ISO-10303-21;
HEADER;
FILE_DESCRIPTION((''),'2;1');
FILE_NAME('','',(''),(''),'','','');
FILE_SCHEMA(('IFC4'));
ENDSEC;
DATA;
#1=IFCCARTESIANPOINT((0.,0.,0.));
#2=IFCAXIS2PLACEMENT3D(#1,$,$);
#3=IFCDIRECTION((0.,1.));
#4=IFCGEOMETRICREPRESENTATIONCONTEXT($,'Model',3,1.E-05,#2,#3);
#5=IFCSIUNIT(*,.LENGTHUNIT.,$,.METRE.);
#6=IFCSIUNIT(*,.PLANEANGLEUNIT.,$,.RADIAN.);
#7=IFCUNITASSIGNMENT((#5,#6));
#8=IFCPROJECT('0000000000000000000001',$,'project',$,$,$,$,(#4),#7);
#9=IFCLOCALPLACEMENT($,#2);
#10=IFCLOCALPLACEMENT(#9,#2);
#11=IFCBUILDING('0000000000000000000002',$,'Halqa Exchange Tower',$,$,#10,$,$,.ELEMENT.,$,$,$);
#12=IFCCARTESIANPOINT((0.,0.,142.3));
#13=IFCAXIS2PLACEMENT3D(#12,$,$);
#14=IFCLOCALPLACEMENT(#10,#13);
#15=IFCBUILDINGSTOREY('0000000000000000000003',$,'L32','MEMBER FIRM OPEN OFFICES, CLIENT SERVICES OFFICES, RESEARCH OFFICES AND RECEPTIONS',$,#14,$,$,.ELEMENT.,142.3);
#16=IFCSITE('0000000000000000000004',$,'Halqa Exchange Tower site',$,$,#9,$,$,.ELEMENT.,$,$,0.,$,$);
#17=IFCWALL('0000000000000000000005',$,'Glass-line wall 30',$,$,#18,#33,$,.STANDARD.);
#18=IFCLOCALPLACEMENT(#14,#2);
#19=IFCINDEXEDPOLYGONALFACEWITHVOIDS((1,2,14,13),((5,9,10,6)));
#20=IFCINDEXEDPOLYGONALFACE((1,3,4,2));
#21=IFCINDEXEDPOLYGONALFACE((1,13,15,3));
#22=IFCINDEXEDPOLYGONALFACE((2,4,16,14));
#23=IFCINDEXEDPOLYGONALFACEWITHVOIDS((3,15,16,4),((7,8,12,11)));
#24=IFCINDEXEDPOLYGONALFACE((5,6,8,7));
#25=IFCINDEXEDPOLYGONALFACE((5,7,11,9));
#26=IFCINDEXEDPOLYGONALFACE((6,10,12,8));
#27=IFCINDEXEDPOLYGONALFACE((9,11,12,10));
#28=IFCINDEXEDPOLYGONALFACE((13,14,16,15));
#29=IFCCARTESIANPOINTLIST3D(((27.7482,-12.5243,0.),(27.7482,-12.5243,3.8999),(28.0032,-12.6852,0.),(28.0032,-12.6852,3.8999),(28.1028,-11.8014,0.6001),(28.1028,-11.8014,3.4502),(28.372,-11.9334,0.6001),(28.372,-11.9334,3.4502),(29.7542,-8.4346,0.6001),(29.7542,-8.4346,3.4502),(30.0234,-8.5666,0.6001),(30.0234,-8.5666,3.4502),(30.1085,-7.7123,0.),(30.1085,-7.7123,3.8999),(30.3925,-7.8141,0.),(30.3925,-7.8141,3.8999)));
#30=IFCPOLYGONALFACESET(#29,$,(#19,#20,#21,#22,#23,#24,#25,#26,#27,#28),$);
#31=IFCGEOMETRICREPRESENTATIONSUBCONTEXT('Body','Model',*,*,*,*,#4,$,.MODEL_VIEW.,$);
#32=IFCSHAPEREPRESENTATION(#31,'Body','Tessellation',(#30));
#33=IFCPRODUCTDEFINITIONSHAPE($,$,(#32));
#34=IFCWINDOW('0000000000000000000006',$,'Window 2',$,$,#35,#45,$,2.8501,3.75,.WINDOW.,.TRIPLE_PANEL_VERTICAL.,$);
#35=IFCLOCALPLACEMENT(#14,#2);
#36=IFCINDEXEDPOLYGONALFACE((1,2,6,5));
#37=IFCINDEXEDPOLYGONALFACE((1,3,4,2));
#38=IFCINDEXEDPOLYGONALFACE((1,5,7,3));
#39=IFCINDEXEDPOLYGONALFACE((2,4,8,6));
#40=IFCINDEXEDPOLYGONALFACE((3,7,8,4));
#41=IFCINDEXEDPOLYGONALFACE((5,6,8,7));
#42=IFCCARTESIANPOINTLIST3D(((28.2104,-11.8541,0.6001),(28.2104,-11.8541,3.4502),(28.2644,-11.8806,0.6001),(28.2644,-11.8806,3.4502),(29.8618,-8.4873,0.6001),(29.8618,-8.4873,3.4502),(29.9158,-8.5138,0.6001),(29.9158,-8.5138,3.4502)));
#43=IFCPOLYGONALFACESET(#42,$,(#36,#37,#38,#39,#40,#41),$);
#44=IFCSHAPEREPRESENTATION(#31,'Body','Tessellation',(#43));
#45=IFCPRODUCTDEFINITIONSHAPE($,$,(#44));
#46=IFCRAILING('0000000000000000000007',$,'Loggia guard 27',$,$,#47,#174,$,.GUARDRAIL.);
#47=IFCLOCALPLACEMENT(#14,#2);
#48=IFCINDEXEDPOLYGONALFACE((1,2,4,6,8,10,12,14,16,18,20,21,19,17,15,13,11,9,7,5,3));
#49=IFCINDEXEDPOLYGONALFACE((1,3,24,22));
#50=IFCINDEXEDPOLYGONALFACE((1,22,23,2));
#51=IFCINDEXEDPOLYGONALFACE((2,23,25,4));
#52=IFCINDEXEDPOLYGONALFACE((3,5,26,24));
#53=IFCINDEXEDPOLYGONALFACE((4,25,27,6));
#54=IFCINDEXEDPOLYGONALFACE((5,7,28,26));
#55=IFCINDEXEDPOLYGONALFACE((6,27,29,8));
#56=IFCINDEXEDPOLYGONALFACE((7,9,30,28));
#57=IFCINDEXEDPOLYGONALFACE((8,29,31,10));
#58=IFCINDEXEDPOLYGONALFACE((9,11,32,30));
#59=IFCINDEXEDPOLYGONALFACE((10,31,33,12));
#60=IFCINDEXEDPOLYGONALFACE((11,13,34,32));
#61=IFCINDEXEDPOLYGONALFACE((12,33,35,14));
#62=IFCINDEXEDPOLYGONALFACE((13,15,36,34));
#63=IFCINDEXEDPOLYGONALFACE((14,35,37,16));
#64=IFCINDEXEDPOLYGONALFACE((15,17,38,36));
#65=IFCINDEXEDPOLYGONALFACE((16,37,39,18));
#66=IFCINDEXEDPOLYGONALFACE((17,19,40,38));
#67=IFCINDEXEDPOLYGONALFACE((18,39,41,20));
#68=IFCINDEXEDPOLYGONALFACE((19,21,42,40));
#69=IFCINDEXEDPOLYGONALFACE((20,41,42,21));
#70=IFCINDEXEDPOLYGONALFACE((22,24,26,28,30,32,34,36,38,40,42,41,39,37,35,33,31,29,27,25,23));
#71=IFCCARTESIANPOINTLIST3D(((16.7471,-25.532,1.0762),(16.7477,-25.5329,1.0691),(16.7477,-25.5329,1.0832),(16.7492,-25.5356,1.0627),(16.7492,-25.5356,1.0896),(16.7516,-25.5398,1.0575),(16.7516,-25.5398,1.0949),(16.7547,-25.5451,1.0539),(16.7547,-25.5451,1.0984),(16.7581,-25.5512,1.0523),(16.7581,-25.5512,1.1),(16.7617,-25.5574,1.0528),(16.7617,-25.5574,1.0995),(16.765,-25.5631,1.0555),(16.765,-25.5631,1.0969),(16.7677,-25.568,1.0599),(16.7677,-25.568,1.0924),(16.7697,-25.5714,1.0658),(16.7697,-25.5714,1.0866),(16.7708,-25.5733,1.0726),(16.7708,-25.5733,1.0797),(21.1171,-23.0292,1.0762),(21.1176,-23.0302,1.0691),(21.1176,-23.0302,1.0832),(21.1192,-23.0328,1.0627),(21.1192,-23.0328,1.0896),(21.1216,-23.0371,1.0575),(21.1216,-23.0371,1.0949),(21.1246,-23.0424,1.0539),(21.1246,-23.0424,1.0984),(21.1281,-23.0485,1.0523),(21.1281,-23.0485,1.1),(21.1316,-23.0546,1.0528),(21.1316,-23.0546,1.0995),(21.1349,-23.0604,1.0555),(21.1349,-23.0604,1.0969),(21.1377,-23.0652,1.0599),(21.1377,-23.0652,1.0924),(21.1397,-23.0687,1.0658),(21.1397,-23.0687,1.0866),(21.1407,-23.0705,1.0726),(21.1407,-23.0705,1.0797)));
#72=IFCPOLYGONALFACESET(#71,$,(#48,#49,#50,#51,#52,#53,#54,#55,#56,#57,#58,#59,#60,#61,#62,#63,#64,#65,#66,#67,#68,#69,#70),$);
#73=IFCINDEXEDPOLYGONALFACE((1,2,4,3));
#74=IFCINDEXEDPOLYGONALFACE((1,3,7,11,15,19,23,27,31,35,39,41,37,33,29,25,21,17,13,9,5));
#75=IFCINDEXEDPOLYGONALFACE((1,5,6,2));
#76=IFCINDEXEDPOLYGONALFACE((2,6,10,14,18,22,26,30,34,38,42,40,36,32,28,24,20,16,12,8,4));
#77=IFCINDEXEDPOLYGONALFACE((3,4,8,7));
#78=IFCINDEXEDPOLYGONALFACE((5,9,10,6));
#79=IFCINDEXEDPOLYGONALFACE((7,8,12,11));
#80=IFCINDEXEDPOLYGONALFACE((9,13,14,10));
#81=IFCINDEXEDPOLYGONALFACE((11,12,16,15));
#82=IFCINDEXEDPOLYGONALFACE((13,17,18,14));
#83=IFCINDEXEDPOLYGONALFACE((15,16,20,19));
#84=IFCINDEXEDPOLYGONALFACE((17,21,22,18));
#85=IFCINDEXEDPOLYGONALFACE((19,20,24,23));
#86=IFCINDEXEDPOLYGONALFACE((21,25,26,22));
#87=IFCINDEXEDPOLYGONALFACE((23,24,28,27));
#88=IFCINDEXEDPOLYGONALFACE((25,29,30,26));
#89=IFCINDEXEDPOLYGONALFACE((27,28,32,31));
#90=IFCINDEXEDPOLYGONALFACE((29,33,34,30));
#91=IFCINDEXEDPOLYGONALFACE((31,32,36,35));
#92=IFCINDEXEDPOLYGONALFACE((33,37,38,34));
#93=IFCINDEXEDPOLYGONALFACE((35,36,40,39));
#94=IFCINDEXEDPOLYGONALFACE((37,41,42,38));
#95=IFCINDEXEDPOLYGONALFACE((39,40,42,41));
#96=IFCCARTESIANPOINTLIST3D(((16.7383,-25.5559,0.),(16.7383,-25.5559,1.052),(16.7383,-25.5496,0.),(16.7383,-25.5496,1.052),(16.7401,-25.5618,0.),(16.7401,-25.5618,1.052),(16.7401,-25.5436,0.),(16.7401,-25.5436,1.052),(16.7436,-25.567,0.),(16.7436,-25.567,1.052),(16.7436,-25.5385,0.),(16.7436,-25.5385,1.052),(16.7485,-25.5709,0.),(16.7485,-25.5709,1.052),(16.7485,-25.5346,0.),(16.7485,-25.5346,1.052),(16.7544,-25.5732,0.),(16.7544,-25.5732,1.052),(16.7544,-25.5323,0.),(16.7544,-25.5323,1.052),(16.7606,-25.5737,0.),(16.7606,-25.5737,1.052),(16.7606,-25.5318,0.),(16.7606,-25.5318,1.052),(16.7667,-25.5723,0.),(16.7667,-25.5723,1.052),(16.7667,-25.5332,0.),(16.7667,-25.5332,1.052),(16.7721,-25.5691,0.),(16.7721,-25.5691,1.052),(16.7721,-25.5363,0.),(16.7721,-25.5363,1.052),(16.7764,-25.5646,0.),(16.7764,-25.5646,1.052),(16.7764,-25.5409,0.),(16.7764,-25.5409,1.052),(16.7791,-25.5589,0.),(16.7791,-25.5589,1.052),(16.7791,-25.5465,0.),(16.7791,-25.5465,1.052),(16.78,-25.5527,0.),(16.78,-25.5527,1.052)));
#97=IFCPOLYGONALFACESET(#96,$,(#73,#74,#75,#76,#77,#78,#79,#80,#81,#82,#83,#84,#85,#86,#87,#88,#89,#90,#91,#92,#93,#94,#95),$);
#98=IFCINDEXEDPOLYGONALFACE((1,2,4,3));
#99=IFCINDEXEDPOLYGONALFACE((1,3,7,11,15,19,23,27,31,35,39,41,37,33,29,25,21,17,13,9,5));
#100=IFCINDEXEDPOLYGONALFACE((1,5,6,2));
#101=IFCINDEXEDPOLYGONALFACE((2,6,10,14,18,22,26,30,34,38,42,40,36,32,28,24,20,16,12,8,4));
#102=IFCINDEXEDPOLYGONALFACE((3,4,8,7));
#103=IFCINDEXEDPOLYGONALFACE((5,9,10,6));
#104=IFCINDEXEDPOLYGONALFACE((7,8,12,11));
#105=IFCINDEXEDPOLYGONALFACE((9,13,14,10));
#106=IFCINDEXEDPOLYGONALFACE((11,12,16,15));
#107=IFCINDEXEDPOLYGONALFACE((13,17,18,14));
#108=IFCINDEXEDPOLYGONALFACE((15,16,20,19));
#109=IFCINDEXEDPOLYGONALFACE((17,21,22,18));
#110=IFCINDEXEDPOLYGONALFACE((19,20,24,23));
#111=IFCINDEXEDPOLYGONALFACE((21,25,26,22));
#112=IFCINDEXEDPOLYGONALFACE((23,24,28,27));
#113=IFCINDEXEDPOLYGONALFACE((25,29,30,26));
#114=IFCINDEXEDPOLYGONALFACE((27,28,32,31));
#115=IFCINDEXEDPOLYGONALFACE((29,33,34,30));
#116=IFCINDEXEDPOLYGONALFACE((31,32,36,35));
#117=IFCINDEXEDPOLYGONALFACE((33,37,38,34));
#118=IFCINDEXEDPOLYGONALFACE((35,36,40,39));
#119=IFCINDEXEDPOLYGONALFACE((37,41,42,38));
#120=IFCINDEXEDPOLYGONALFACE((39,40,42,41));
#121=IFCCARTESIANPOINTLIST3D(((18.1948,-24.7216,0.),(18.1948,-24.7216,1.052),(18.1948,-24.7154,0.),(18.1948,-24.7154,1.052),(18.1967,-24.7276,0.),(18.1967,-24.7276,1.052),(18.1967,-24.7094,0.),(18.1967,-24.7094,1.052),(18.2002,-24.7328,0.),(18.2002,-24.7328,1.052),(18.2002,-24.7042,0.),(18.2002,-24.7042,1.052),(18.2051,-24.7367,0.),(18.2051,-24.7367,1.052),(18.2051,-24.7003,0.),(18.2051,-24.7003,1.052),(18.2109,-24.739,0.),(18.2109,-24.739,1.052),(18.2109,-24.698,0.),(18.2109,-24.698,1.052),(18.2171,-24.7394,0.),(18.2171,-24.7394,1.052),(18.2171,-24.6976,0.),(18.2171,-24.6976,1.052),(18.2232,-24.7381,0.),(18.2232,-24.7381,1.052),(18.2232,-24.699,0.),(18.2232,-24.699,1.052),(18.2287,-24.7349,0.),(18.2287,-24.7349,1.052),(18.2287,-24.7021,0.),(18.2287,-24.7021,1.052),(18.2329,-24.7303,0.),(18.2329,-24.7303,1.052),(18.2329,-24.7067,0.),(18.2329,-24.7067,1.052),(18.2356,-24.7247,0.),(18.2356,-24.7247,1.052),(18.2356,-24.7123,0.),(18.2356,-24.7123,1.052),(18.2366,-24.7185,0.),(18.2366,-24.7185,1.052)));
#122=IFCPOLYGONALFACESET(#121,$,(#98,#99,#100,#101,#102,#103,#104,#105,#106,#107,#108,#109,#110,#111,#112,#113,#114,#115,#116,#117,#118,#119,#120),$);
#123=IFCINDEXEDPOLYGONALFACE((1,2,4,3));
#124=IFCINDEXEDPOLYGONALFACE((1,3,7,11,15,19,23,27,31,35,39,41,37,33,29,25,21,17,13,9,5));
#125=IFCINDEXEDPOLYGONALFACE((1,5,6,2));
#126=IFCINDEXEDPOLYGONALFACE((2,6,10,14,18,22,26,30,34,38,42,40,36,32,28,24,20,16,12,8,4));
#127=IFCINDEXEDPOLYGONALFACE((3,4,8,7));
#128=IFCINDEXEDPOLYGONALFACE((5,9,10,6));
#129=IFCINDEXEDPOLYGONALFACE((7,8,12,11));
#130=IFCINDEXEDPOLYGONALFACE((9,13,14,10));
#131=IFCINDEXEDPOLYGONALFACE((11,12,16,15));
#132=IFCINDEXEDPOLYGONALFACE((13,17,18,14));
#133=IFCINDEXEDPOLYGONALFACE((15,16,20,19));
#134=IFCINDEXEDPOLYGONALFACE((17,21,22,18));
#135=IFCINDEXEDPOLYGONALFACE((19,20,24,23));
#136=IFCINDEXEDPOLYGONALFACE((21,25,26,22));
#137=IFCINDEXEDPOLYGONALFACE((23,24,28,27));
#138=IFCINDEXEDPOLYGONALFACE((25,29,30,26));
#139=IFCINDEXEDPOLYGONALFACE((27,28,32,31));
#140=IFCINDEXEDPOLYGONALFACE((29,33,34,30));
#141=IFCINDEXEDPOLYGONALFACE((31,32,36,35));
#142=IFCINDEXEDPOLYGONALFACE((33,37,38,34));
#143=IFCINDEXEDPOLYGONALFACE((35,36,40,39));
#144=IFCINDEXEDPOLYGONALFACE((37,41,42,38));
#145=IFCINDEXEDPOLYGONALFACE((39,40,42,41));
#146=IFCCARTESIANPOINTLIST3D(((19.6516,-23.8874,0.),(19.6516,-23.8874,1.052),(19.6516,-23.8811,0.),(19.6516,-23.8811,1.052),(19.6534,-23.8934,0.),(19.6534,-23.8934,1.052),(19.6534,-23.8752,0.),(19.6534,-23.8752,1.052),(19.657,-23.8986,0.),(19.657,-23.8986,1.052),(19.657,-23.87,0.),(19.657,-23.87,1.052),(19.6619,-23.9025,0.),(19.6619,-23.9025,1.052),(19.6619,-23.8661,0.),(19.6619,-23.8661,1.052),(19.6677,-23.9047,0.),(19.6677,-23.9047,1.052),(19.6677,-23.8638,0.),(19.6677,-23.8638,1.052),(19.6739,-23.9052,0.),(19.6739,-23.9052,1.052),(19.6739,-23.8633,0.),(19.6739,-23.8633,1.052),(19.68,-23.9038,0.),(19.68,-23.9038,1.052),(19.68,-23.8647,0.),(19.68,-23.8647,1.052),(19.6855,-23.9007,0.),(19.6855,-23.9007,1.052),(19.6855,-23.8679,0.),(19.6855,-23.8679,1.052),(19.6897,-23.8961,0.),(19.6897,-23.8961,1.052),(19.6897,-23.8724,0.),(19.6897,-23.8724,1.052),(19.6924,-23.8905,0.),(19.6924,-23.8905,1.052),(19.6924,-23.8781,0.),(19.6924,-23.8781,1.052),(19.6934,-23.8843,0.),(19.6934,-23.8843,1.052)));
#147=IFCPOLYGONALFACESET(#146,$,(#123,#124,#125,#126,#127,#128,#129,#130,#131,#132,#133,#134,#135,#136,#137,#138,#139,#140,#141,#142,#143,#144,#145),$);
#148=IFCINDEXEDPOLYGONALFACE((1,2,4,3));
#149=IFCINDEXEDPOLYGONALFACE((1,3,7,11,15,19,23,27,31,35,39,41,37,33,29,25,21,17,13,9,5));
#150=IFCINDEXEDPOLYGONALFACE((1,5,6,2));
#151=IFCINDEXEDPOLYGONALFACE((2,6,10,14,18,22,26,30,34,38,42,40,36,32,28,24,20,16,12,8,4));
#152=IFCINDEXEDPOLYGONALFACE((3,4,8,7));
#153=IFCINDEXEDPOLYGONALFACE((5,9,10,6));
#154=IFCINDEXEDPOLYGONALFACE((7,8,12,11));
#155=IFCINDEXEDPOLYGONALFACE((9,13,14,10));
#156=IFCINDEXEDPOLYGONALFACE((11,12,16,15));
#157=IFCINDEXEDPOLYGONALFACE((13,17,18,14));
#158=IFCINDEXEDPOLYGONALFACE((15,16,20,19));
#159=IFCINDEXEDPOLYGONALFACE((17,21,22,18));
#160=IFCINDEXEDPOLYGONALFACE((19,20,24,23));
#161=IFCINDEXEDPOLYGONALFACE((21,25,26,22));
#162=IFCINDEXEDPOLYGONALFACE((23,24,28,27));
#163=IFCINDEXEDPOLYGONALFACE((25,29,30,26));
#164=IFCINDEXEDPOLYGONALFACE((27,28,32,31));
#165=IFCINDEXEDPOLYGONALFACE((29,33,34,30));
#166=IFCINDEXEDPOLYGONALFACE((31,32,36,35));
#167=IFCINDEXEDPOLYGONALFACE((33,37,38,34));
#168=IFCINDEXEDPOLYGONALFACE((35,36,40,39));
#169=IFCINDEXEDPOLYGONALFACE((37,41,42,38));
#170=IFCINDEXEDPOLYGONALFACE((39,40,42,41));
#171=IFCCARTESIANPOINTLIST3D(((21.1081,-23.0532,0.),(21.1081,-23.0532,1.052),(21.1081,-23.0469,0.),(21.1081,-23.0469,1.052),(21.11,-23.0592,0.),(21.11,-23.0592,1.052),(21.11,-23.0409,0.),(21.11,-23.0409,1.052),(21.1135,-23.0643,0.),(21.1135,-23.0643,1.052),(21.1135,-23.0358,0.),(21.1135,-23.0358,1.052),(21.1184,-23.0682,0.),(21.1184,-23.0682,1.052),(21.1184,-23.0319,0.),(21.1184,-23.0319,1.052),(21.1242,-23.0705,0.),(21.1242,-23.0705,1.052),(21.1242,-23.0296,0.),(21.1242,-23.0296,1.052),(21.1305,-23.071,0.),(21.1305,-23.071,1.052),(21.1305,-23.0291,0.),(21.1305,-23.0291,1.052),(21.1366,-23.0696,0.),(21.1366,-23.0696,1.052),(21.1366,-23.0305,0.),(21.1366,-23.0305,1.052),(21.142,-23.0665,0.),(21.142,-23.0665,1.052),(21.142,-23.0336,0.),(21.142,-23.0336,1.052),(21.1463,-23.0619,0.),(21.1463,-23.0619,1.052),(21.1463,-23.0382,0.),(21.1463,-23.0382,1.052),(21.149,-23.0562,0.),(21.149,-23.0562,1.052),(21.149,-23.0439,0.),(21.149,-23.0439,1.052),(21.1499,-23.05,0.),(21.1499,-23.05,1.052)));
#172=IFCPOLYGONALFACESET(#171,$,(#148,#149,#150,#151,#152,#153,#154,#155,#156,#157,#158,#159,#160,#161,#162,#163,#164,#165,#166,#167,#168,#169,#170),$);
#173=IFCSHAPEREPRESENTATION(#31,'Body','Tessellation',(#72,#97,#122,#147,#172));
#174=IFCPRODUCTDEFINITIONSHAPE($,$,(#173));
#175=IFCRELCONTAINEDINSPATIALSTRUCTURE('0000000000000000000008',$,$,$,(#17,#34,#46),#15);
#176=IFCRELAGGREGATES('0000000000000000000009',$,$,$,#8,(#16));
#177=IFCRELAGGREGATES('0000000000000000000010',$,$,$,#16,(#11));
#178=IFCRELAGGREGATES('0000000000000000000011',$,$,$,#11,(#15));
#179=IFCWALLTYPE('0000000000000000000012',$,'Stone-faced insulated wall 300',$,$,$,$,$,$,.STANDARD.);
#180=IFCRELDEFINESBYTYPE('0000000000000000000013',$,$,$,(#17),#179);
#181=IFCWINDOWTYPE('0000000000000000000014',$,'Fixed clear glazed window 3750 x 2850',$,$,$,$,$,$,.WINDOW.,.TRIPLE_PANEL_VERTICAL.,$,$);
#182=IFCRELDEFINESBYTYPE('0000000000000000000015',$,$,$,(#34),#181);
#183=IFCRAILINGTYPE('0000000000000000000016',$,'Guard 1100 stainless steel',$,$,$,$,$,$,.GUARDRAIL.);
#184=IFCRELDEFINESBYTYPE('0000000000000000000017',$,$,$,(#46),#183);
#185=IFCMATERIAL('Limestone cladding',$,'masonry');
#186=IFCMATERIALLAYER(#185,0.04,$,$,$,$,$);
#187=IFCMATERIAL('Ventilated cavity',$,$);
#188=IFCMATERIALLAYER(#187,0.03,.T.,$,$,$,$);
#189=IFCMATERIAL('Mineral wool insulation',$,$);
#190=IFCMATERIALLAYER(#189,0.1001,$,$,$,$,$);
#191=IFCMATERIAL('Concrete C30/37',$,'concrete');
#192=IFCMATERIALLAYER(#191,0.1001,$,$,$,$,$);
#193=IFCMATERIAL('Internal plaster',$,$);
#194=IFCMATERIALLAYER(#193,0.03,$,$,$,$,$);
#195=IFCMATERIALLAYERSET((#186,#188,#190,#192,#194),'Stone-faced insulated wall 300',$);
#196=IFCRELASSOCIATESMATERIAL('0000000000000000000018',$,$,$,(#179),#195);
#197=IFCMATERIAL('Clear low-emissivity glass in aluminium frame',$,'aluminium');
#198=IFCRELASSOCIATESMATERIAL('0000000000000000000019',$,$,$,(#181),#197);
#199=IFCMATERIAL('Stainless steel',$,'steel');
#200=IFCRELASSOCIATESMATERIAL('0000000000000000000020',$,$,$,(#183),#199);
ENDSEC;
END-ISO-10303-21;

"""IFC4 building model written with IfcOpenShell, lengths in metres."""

from ifc_helpers import new_model, si_unit, direction, frame, frame_2d, origin, origin_2d, place, context, subcontext, project, spatial, polyline, rectangle, circle, outline, extrude, material, layer, layer_set, type_object, element, fill, save


model = new_model("IFC4")

# Units and contexts
model_context = context("Model", 3, precision=1e-05, world=origin(), true_north=direction((0.0, 1.0)))
body_context = subcontext(model_context, "Body", "Model", "MODEL_VIEW")
ifc_project = project(units=[si_unit("LENGTHUNIT", "METRE"), si_unit("PLANEANGLEUNIT", "RADIAN")], contexts=[model_context])

# Site, building, storey
site_placement = place(None, origin())
site = spatial("IfcSite", under=ifc_project, at=site_placement, Name="Halqa Exchange Tower site", CompositionType="ELEMENT", RefElevation=0.0)
building_placement = place(site_placement, origin())
building = spatial("IfcBuilding", under=site, at=building_placement, Name="Halqa Exchange Tower", CompositionType="ELEMENT")
storey_placement = place(building_placement, frame((0.0, 0.0, 142.3)))
storey = spatial("IfcBuildingStorey", under=building, at=storey_placement, Name="L32", Description="MEMBER FIRM OPEN OFFICES, CLIENT SERVICES OFFICES, RESEARCH OFFICES AND RECEPTIONS", CompositionType="ELEMENT", Elevation=142.3)

# Shared definitions
ifc_material_1 = material(Name="Limestone cladding", Category="masonry")
ifc_layer_1 = layer(ifc_material_1, 0.04)
ifc_material_2 = material(Name="Ventilated cavity")
ifc_layer_2 = layer(ifc_material_2, 0.03, ventilated=True)
ifc_material_3 = material(Name="Mineral wool insulation")
ifc_layer_3 = layer(ifc_material_3, 0.1001)
ifc_material_4 = material(Name="Concrete C30/37", Category="concrete")
ifc_layer_4 = layer(ifc_material_4, 0.1001)
ifc_material_5 = material(Name="Internal plaster")
ifc_layer_5 = layer(ifc_material_5, 0.03)
ifc_layer_set_1 = layer_set([ifc_layer_1, ifc_layer_2, ifc_layer_3, ifc_layer_4, ifc_layer_5], Name="Stone-faced insulated wall 300")
wall_type_1 = type_object("IfcWallType", Name="Stone-faced insulated wall 300", PredefinedType="STANDARD", material=ifc_layer_set_1)
ifc_material_6 = material(Name="Clear low-emissivity glass in aluminium frame", Category="aluminium")
window_type = type_object("IfcWindowType", Name="Fixed clear glazed window 3750 x 2850", PartitioningType="TRIPLE_PANEL_VERTICAL", PredefinedType="WINDOW", material=ifc_material_6)

# Wall, opening, window
wall_1_placement = place(storey_placement, frame((27.8757, -12.6047, 0.0), z_axis=(0.0, 0.0, 1.0), x_axis=(0.440373, 0.897815, 0.0)))
wall_1 = element("IfcWall", 1, at=wall_1_placement, inside=storey, type_object=wall_type_1, Name="Glass-line wall 30", PredefinedType="STANDARD", context=body_context, shape_type="SweptSolid", body=[
    extrude(outline(polyline([(-0.0161, -0.1499), (5.4094, -0.1499), (5.3757, 0.1499), (0.0161, 0.1499), (-0.0161, -0.1499)])), origin(), (0.0, 0.0, 1.0), 3.8999),
])
opening_1_placement = place(wall_1_placement, frame((0.8213, 0.0, 0.6001)))
opening_1 = element("IfcOpeningElement", 2, at=opening_1_placement, cuts=wall_1, PredefinedType="OPENING", context=body_context, shape_type="SweptSolid", body=[
    extrude(rectangle(XDim=3.75, YDim=2.8501, at=frame_2d((1.875, 1.425))), frame((0.0, 0.1621, 0.0), z_axis=(0.0, -1.0, 0.0), x_axis=(1.0, 0.0, 0.0)), (0.0, 0.0, 1.0), 0.324),
])
window_1_placement = place(opening_1_placement, origin())
window_1 = element("IfcWindow", 3, at=window_1_placement, inside=storey, type_object=window_type, Name="Window 2", OverallHeight=2.8501, OverallWidth=3.75, PartitioningType="TRIPLE_PANEL_VERTICAL", PredefinedType="WINDOW", context=body_context, shape_type="SweptSolid", body=[
    extrude(rectangle(XDim=3.75, YDim=2.8501, at=frame_2d((1.875, 1.425))), frame((0.0, 0.03, 0.0), z_axis=(0.0, -1.0, 0.0), x_axis=(1.0, 0.0, 0.0)), (0.0, 0.0, 1.0), 0.0601),
])
fill(opening_1, window_1)

# Railing
ifc_material_7 = material(Name="Stainless steel", Category="steel")
railing_type = type_object("IfcRailingType", Name="Guard 1100 stainless steel", PredefinedType="GUARDRAIL", material=ifc_material_7)
railing_1_placement = place(storey_placement, frame((16.759, -25.5527, 0.0)))
element("IfcRailing", 4, at=railing_1_placement, inside=storey, type_object=railing_type, Name="Loggia guard 27", PredefinedType="GUARDRAIL", context=body_context, shape_type="SweptSolid", body=[
    extrude(circle(Radius=0.0239, at=origin_2d()), frame((0.0, 0.0, 1.0762), z_axis=(0.867762, 0.496979, 0.0), x_axis=(-0.496979, 0.867762, 0.0)), (0.0, 0.0, 1.0), 5.0359),
    extrude(circle(Radius=0.021, at=origin_2d()), origin(), (0.0, 0.0, 1.0), 1.052),
    extrude(circle(Radius=0.021, at=origin_2d()), frame((1.4565, 0.8342, 0.0)), (0.0, 0.0, 1.0), 1.052),
    extrude(circle(Radius=0.021, at=origin_2d()), frame((2.9133, 1.6685, 0.0)), (0.0, 0.0, 1.0), 1.052),
    extrude(circle(Radius=0.021, at=origin_2d()), frame((4.3699, 2.5027, 0.0)), (0.0, 0.0, 1.0), 1.052),
])

save(model, "model.ifc")
